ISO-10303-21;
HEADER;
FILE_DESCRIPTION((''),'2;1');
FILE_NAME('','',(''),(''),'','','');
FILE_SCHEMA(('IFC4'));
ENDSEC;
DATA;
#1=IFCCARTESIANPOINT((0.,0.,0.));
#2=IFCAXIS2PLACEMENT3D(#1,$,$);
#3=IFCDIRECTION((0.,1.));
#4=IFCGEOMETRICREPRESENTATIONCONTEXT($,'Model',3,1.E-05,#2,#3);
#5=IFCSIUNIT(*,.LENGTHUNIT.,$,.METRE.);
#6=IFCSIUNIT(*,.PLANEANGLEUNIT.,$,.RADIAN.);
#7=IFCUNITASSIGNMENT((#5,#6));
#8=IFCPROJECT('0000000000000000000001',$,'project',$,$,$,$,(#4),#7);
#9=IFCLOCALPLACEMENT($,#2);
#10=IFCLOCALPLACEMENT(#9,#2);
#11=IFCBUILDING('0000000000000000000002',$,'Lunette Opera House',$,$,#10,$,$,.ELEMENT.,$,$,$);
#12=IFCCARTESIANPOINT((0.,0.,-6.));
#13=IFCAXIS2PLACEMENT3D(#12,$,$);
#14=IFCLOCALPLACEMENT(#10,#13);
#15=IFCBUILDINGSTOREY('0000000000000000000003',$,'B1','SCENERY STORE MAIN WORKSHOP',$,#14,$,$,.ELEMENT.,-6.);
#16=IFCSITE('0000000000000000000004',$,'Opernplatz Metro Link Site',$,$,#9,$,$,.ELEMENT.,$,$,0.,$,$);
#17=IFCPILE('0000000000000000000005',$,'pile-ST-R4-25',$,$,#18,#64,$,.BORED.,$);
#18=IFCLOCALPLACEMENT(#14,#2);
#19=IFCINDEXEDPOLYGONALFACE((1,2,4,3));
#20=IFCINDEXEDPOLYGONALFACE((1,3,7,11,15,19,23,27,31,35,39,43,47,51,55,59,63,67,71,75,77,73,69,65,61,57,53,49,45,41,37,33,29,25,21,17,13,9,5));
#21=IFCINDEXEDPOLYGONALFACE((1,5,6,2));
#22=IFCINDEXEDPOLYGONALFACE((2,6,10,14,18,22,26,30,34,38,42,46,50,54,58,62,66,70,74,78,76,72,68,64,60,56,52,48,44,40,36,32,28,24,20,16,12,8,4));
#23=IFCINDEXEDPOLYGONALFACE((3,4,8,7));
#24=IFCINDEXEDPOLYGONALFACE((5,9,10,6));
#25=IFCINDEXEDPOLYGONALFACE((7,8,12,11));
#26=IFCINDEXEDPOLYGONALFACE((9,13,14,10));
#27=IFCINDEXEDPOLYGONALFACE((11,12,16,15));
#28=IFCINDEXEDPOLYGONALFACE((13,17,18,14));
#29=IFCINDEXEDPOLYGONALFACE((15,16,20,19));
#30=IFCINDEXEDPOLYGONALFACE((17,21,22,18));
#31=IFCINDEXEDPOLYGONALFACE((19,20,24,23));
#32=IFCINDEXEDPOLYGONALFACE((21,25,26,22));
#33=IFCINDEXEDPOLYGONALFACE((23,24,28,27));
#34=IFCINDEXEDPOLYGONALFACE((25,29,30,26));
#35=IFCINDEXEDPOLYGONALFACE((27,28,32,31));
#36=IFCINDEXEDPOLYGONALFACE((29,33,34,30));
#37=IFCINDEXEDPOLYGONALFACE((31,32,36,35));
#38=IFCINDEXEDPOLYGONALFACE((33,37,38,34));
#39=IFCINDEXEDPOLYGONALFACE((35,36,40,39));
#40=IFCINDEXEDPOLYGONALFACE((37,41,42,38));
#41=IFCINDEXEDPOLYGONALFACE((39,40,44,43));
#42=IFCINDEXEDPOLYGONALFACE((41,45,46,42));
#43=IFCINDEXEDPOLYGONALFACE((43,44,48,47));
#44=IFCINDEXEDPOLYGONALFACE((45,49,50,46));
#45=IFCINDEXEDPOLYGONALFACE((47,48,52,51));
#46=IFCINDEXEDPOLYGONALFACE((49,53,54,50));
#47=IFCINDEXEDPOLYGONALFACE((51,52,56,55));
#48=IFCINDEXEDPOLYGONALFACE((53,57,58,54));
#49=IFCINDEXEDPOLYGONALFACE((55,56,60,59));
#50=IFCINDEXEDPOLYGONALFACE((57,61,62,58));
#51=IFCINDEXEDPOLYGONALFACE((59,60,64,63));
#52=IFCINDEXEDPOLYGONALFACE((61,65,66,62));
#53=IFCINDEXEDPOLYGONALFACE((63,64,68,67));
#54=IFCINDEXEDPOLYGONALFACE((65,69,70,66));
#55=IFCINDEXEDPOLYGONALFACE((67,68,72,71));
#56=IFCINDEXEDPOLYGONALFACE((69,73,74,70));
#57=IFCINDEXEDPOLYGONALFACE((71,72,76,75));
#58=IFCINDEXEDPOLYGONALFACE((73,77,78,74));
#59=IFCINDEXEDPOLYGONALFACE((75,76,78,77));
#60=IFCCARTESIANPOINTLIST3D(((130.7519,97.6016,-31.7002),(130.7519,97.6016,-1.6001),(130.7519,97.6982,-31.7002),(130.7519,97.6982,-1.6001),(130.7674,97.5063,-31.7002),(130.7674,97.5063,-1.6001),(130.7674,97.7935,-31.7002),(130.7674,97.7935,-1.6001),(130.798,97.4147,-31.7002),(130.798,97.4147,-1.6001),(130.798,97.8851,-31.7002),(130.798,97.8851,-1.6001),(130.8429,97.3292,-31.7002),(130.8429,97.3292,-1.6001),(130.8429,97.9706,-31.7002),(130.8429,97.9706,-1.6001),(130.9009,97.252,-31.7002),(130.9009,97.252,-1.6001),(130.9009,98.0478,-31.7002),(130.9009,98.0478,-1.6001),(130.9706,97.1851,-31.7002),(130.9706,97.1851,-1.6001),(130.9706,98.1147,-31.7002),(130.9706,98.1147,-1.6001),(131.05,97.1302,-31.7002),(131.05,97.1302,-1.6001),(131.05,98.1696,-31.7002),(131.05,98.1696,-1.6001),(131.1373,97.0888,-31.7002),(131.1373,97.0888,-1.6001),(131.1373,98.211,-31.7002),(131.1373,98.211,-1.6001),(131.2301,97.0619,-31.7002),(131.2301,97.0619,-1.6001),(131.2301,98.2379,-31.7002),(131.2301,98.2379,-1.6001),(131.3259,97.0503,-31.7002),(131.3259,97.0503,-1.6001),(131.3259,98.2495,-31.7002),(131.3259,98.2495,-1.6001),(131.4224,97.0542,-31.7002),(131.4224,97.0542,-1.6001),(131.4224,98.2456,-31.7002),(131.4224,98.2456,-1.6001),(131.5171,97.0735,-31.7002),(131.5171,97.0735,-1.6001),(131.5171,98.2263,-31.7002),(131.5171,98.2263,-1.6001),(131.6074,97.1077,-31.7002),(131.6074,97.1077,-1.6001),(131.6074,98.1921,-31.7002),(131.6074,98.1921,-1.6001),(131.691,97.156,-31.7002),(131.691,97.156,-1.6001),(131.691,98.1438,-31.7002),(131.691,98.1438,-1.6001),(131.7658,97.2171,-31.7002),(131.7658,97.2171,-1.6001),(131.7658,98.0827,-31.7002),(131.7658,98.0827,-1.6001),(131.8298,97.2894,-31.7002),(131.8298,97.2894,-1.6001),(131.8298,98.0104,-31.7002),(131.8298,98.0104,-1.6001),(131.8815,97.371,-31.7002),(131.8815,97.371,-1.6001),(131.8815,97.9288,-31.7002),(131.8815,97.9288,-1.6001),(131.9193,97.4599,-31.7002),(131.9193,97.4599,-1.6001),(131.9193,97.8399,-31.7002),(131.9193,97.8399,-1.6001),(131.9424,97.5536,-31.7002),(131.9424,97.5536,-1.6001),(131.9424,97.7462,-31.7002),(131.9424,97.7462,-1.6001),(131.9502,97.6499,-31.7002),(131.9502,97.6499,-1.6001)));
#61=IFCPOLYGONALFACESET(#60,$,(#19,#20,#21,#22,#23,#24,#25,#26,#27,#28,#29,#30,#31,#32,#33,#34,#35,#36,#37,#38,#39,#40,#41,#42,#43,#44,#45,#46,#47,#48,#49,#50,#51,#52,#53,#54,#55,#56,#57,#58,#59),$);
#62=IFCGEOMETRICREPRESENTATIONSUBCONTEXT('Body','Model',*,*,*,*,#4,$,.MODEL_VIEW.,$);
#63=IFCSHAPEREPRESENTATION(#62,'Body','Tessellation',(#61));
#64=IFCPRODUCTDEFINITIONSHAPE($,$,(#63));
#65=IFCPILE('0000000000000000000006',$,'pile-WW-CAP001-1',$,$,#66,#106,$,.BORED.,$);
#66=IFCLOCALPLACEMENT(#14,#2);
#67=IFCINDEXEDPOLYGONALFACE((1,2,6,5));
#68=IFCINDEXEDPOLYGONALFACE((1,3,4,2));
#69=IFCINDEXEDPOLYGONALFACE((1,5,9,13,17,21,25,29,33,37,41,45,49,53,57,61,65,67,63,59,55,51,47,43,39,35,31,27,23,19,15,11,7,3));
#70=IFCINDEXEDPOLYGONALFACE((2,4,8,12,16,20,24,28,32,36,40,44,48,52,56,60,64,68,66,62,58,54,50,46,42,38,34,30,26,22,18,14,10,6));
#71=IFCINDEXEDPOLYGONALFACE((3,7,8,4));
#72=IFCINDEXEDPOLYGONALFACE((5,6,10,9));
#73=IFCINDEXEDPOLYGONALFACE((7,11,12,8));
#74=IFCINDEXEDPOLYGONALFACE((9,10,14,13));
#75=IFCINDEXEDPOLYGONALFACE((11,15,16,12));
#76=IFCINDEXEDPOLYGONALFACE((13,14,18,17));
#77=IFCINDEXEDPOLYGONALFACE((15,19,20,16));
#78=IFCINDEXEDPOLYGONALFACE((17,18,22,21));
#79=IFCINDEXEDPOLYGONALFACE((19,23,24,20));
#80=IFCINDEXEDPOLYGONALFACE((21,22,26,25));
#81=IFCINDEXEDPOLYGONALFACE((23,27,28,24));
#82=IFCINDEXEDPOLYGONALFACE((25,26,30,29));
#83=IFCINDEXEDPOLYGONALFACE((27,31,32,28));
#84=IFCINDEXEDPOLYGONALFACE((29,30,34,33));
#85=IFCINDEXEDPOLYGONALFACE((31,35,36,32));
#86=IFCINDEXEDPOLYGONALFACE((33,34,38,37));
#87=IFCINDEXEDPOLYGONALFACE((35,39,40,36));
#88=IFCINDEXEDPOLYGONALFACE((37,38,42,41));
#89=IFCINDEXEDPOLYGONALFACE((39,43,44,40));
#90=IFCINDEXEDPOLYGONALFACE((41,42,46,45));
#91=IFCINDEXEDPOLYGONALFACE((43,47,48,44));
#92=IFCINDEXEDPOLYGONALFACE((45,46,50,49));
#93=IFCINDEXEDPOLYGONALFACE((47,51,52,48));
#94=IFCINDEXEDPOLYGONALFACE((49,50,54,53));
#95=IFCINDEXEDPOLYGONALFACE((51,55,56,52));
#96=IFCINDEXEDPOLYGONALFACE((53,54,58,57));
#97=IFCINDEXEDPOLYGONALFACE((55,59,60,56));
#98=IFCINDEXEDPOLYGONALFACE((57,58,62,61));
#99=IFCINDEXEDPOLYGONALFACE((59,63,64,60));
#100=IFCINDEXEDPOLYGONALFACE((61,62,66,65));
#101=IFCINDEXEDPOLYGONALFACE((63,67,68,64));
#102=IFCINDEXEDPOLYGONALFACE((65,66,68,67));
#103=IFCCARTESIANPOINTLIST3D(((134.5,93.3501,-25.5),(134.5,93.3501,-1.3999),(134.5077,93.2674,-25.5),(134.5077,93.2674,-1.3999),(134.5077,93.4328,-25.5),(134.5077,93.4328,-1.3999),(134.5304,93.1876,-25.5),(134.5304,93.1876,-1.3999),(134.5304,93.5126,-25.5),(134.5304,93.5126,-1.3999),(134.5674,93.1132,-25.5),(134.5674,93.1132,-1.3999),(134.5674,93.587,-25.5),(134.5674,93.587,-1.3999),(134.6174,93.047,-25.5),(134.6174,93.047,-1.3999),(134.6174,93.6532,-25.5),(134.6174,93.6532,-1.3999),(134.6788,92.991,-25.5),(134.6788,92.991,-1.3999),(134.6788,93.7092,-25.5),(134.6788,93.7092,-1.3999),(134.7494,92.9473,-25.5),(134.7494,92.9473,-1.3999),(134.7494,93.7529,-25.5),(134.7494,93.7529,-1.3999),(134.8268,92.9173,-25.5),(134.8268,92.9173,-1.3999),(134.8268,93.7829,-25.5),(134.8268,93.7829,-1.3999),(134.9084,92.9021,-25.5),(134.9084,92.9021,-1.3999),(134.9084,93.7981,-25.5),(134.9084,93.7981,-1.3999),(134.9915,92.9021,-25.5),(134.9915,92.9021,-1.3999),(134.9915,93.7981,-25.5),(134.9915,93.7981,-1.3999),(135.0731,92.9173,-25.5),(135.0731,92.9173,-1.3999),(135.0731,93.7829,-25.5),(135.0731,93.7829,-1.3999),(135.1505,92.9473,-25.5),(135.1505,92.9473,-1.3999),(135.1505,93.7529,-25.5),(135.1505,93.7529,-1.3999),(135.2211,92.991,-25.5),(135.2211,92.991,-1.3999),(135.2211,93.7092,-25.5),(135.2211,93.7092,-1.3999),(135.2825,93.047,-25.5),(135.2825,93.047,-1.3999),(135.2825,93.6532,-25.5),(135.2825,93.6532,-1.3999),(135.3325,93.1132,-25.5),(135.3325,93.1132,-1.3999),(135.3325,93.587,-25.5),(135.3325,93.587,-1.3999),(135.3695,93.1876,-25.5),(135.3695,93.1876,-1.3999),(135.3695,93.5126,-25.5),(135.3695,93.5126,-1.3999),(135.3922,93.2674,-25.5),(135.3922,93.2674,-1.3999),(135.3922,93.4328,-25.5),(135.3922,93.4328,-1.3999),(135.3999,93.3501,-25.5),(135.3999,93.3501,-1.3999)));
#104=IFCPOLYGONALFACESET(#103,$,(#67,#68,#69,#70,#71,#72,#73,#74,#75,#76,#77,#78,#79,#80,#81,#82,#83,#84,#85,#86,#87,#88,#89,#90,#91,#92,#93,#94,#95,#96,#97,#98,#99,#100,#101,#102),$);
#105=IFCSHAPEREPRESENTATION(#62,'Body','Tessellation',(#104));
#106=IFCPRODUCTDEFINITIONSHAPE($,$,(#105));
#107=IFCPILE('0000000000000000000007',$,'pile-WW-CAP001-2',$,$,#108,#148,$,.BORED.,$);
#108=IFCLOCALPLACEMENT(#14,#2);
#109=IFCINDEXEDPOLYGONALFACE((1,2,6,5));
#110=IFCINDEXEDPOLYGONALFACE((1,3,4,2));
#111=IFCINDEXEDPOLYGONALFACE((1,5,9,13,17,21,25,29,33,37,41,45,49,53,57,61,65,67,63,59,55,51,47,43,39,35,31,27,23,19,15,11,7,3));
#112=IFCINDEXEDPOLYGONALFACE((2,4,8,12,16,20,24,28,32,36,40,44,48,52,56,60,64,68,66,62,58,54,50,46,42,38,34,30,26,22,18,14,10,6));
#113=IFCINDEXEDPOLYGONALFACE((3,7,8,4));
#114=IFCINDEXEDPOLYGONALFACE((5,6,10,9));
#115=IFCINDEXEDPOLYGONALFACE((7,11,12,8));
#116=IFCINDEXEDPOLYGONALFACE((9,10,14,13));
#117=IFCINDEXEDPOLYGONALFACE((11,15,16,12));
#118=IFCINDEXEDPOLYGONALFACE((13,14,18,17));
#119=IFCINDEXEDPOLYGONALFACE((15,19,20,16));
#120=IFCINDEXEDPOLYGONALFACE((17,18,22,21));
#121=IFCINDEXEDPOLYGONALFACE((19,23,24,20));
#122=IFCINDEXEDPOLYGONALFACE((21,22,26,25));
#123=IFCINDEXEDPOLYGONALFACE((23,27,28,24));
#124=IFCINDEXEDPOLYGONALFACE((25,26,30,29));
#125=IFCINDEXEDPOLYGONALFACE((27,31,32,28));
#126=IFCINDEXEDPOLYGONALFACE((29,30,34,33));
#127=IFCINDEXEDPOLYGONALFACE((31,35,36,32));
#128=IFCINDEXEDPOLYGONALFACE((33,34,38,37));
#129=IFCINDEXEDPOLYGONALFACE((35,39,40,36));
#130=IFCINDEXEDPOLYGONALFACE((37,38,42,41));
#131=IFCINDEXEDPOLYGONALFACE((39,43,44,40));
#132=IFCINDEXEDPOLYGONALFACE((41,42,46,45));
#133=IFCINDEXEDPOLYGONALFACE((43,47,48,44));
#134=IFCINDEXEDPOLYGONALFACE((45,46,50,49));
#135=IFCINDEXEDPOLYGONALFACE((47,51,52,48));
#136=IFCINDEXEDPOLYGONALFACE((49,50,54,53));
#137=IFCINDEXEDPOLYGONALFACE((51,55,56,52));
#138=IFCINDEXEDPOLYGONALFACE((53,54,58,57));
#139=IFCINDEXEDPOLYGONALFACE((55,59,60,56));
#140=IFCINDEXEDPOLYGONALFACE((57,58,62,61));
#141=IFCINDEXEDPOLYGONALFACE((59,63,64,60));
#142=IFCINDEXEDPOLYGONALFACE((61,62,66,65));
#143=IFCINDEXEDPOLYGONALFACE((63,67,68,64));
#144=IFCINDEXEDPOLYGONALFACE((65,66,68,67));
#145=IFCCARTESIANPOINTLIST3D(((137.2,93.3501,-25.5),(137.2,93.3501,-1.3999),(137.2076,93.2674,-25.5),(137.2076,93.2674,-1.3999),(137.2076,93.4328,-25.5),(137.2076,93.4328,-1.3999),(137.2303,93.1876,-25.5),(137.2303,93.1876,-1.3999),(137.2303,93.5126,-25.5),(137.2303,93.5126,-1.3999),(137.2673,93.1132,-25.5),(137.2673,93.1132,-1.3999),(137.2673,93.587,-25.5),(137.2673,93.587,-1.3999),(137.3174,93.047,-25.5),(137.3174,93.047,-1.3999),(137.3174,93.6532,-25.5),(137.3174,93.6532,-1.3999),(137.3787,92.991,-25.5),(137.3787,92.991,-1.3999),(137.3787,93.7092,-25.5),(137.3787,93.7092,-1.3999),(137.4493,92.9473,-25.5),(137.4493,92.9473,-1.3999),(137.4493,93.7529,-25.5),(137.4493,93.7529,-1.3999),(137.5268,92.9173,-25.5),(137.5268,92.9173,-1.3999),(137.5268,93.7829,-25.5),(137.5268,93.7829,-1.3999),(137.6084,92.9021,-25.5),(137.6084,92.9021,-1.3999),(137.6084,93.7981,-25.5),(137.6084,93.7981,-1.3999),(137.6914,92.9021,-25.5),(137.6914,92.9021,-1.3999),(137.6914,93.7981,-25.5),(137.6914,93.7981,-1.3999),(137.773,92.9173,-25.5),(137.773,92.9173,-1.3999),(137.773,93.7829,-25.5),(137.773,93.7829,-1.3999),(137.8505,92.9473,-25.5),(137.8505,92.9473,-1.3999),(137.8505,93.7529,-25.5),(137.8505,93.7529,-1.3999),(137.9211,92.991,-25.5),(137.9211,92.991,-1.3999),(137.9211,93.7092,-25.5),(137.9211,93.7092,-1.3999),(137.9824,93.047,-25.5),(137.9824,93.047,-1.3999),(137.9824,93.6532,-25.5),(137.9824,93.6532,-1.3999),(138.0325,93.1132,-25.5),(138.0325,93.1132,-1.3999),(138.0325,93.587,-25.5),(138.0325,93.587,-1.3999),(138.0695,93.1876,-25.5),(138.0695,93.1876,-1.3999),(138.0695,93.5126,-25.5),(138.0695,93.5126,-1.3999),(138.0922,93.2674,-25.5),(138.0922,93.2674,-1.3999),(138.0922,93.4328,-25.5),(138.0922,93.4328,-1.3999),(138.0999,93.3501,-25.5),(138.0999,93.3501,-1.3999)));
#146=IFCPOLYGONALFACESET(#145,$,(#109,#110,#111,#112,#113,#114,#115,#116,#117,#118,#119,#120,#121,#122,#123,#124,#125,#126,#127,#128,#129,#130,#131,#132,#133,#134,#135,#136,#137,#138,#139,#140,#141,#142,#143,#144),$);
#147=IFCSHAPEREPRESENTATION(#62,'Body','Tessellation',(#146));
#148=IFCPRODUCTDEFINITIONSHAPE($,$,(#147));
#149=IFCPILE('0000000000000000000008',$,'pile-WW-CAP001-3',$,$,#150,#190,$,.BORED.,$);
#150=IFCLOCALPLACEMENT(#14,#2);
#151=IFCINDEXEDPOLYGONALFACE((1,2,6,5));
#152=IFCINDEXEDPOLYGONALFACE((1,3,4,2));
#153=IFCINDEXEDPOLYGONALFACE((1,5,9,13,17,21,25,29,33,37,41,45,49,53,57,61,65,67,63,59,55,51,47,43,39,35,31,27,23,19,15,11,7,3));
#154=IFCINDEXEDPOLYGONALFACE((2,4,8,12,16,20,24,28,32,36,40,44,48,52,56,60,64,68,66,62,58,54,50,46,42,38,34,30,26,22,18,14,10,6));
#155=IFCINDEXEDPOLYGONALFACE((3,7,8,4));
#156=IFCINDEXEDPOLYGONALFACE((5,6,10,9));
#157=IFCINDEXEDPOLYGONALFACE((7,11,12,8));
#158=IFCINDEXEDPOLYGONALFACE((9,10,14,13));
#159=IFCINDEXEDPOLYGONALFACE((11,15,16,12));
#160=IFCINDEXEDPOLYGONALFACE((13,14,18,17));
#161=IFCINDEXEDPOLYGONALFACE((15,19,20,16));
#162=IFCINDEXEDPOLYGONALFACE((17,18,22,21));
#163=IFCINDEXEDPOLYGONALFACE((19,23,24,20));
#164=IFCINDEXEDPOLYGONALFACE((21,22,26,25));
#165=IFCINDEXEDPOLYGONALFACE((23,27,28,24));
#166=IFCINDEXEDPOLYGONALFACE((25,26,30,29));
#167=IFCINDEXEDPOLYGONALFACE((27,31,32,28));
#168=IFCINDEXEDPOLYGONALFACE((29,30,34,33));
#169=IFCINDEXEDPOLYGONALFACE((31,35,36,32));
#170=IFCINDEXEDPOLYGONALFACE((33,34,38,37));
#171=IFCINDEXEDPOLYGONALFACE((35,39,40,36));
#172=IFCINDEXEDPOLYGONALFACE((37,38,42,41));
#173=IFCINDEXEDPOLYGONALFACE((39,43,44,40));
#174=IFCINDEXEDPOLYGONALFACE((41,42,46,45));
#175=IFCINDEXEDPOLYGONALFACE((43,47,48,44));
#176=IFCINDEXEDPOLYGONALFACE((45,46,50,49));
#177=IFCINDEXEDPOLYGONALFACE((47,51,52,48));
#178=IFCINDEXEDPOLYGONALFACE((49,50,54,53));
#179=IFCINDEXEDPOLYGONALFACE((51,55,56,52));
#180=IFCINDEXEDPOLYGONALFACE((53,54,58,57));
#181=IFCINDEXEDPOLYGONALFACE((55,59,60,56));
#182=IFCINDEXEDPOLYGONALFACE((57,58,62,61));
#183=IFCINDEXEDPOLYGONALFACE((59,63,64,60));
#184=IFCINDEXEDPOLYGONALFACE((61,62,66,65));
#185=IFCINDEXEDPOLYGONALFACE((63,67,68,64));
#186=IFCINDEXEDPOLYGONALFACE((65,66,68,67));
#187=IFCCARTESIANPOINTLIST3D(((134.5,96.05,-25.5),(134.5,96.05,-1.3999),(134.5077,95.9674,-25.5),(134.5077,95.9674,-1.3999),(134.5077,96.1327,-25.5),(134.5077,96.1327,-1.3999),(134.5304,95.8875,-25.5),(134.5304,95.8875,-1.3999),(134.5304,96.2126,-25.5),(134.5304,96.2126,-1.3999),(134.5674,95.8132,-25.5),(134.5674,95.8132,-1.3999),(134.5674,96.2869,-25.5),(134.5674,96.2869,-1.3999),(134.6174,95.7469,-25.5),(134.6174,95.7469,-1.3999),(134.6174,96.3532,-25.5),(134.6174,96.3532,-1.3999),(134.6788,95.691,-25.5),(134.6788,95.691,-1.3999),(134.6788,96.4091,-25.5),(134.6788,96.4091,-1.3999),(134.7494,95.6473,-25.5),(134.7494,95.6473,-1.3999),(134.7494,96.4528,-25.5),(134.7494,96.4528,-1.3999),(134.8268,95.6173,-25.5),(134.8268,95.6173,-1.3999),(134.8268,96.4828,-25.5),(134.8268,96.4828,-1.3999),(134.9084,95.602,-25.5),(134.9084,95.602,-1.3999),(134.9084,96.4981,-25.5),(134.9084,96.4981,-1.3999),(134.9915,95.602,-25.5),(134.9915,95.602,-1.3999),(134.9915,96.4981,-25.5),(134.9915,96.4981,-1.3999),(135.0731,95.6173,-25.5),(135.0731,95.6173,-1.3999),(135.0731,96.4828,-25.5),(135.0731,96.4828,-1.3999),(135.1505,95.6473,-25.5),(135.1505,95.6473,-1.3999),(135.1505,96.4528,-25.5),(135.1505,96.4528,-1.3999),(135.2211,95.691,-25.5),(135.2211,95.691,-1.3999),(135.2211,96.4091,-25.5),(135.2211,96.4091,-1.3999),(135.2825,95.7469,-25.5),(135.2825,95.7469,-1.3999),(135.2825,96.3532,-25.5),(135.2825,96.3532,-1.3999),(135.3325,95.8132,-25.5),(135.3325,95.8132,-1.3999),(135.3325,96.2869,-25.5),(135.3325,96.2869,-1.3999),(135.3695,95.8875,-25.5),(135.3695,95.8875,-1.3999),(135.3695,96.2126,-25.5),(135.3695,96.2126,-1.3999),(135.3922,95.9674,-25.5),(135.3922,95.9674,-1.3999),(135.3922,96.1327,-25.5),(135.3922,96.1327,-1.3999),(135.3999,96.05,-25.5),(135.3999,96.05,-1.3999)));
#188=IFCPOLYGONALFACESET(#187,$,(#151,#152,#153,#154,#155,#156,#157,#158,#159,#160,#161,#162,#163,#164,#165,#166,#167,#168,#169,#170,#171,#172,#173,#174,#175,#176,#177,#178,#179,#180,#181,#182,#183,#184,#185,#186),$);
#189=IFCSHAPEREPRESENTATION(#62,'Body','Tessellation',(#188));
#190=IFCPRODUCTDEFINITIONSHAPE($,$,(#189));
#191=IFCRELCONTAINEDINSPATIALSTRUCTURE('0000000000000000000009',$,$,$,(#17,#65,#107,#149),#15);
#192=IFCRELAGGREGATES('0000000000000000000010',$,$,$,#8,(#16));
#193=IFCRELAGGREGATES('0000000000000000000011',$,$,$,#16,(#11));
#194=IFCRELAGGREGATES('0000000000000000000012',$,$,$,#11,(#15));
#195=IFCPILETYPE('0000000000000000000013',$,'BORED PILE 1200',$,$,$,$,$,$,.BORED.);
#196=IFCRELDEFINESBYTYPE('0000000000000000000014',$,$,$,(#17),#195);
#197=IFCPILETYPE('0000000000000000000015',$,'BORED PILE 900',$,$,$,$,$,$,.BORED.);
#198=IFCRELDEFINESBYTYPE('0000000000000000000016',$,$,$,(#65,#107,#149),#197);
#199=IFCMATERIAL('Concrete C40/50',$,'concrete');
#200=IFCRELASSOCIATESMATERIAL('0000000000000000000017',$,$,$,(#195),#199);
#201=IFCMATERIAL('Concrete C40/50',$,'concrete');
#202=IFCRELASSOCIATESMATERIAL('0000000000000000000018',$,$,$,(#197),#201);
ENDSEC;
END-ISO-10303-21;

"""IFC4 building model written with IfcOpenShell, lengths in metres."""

from ifc_helpers import new_model, si_unit, direction, frame, origin, origin_2d, place, context, subcontext, project, spatial, circle, extrude, material, material_profile, profile_set, type_object, element, save


model = new_model("IFC4")

# Units and contexts
model_context = context("Model", 3, precision=1e-05, world=origin(), true_north=direction((0.0, 1.0)))
body_context = subcontext(model_context, "Body", "Model", "MODEL_VIEW")
ifc_project = project(units=[si_unit("LENGTHUNIT", "METRE"), si_unit("PLANEANGLEUNIT", "RADIAN")], contexts=[model_context])

# Site, building, storey
site_placement = place(None, origin())
site = spatial("IfcSite", under=ifc_project, at=site_placement, Name="Opernplatz Metro Link Site", CompositionType="ELEMENT", RefElevation=0.0)
building_placement = place(site_placement, origin())
building = spatial("IfcBuilding", under=site, at=building_placement, Name="Lunette Opera House", CompositionType="ELEMENT")
storey_placement = place(building_placement, frame((0.0, 0.0, -6.0)))
storey = spatial("IfcBuildingStorey", under=building, at=storey_placement, Name="B1", Description="SCENERY STORE MAIN WORKSHOP", CompositionType="ELEMENT", Elevation=-6.0)

# Piles
ifc_material_1 = material(Name="Concrete C40/50", Category="concrete")
ifc_material_profile_1 = material_profile(ifc_material_1, circle(Radius=0.6001, at=origin_2d()), Name="BORED PILE 1200")
ifc_profile_set_1 = profile_set([ifc_material_profile_1], Name="Concrete C40/50")
pile_type_1 = type_object("IfcPileType", Name="BORED PILE 1200", PredefinedType="BORED", material=ifc_profile_set_1)
pile_placement = place(storey_placement, frame((131.3501, 97.6499, -1.6001), z_axis=(0.0, 0.0, -1.0), x_axis=(1.0, 0.0, 0.0)))
element("IfcPile", 1, at=pile_placement, inside=storey, type_object=pile_type_1, Name="pile-ST-R4-25", PredefinedType="BORED", context=body_context, shape_type="SweptSolid", body=[
    extrude(circle(Radius=0.6001, at=origin_2d()), origin(), (0.0, 0.0, 1.0), 30.1001),
])
ifc_material_2 = material(Name="Concrete C40/50", Category="concrete")
ifc_material_profile_2 = material_profile(ifc_material_2, circle(Radius=0.45, at=origin_2d()), Name="BORED PILE 900")
ifc_profile_set_2 = profile_set([ifc_material_profile_2], Name="Concrete C40/50")
pile_type_2 = type_object("IfcPileType", Name="BORED PILE 900", PredefinedType="BORED", material=ifc_profile_set_2)
for number, where, z_axis, x_axis, name in (
    (2, (134.95, 93.3501, -1.3999), (0.0, 0.0, -1.0), (1.0, 0.0, 0.0), "pile-WW-CAP001-1"),
    (3, (137.6499, 93.3501, -1.3999), (0.0, 0.0, -1.0), (1.0, 0.0, 0.0), "pile-WW-CAP001-2"),
    (4, (134.95, 96.05, -1.3999), (0.0, 0.0, -1.0), (1.0, 0.0, 0.0), "pile-WW-CAP001-3"),
):
    element("IfcPile", number, at=place(storey_placement, frame(where, z_axis=z_axis, x_axis=x_axis)), inside=storey, type_object=pile_type_2, Name=name, PredefinedType="BORED", context=body_context, shape_type="SweptSolid", body=[
        extrude(circle(Radius=0.45, at=origin_2d()), origin(), (0.0, 0.0, 1.0), 24.1001),
    ])

save(model, "model.ifc")
